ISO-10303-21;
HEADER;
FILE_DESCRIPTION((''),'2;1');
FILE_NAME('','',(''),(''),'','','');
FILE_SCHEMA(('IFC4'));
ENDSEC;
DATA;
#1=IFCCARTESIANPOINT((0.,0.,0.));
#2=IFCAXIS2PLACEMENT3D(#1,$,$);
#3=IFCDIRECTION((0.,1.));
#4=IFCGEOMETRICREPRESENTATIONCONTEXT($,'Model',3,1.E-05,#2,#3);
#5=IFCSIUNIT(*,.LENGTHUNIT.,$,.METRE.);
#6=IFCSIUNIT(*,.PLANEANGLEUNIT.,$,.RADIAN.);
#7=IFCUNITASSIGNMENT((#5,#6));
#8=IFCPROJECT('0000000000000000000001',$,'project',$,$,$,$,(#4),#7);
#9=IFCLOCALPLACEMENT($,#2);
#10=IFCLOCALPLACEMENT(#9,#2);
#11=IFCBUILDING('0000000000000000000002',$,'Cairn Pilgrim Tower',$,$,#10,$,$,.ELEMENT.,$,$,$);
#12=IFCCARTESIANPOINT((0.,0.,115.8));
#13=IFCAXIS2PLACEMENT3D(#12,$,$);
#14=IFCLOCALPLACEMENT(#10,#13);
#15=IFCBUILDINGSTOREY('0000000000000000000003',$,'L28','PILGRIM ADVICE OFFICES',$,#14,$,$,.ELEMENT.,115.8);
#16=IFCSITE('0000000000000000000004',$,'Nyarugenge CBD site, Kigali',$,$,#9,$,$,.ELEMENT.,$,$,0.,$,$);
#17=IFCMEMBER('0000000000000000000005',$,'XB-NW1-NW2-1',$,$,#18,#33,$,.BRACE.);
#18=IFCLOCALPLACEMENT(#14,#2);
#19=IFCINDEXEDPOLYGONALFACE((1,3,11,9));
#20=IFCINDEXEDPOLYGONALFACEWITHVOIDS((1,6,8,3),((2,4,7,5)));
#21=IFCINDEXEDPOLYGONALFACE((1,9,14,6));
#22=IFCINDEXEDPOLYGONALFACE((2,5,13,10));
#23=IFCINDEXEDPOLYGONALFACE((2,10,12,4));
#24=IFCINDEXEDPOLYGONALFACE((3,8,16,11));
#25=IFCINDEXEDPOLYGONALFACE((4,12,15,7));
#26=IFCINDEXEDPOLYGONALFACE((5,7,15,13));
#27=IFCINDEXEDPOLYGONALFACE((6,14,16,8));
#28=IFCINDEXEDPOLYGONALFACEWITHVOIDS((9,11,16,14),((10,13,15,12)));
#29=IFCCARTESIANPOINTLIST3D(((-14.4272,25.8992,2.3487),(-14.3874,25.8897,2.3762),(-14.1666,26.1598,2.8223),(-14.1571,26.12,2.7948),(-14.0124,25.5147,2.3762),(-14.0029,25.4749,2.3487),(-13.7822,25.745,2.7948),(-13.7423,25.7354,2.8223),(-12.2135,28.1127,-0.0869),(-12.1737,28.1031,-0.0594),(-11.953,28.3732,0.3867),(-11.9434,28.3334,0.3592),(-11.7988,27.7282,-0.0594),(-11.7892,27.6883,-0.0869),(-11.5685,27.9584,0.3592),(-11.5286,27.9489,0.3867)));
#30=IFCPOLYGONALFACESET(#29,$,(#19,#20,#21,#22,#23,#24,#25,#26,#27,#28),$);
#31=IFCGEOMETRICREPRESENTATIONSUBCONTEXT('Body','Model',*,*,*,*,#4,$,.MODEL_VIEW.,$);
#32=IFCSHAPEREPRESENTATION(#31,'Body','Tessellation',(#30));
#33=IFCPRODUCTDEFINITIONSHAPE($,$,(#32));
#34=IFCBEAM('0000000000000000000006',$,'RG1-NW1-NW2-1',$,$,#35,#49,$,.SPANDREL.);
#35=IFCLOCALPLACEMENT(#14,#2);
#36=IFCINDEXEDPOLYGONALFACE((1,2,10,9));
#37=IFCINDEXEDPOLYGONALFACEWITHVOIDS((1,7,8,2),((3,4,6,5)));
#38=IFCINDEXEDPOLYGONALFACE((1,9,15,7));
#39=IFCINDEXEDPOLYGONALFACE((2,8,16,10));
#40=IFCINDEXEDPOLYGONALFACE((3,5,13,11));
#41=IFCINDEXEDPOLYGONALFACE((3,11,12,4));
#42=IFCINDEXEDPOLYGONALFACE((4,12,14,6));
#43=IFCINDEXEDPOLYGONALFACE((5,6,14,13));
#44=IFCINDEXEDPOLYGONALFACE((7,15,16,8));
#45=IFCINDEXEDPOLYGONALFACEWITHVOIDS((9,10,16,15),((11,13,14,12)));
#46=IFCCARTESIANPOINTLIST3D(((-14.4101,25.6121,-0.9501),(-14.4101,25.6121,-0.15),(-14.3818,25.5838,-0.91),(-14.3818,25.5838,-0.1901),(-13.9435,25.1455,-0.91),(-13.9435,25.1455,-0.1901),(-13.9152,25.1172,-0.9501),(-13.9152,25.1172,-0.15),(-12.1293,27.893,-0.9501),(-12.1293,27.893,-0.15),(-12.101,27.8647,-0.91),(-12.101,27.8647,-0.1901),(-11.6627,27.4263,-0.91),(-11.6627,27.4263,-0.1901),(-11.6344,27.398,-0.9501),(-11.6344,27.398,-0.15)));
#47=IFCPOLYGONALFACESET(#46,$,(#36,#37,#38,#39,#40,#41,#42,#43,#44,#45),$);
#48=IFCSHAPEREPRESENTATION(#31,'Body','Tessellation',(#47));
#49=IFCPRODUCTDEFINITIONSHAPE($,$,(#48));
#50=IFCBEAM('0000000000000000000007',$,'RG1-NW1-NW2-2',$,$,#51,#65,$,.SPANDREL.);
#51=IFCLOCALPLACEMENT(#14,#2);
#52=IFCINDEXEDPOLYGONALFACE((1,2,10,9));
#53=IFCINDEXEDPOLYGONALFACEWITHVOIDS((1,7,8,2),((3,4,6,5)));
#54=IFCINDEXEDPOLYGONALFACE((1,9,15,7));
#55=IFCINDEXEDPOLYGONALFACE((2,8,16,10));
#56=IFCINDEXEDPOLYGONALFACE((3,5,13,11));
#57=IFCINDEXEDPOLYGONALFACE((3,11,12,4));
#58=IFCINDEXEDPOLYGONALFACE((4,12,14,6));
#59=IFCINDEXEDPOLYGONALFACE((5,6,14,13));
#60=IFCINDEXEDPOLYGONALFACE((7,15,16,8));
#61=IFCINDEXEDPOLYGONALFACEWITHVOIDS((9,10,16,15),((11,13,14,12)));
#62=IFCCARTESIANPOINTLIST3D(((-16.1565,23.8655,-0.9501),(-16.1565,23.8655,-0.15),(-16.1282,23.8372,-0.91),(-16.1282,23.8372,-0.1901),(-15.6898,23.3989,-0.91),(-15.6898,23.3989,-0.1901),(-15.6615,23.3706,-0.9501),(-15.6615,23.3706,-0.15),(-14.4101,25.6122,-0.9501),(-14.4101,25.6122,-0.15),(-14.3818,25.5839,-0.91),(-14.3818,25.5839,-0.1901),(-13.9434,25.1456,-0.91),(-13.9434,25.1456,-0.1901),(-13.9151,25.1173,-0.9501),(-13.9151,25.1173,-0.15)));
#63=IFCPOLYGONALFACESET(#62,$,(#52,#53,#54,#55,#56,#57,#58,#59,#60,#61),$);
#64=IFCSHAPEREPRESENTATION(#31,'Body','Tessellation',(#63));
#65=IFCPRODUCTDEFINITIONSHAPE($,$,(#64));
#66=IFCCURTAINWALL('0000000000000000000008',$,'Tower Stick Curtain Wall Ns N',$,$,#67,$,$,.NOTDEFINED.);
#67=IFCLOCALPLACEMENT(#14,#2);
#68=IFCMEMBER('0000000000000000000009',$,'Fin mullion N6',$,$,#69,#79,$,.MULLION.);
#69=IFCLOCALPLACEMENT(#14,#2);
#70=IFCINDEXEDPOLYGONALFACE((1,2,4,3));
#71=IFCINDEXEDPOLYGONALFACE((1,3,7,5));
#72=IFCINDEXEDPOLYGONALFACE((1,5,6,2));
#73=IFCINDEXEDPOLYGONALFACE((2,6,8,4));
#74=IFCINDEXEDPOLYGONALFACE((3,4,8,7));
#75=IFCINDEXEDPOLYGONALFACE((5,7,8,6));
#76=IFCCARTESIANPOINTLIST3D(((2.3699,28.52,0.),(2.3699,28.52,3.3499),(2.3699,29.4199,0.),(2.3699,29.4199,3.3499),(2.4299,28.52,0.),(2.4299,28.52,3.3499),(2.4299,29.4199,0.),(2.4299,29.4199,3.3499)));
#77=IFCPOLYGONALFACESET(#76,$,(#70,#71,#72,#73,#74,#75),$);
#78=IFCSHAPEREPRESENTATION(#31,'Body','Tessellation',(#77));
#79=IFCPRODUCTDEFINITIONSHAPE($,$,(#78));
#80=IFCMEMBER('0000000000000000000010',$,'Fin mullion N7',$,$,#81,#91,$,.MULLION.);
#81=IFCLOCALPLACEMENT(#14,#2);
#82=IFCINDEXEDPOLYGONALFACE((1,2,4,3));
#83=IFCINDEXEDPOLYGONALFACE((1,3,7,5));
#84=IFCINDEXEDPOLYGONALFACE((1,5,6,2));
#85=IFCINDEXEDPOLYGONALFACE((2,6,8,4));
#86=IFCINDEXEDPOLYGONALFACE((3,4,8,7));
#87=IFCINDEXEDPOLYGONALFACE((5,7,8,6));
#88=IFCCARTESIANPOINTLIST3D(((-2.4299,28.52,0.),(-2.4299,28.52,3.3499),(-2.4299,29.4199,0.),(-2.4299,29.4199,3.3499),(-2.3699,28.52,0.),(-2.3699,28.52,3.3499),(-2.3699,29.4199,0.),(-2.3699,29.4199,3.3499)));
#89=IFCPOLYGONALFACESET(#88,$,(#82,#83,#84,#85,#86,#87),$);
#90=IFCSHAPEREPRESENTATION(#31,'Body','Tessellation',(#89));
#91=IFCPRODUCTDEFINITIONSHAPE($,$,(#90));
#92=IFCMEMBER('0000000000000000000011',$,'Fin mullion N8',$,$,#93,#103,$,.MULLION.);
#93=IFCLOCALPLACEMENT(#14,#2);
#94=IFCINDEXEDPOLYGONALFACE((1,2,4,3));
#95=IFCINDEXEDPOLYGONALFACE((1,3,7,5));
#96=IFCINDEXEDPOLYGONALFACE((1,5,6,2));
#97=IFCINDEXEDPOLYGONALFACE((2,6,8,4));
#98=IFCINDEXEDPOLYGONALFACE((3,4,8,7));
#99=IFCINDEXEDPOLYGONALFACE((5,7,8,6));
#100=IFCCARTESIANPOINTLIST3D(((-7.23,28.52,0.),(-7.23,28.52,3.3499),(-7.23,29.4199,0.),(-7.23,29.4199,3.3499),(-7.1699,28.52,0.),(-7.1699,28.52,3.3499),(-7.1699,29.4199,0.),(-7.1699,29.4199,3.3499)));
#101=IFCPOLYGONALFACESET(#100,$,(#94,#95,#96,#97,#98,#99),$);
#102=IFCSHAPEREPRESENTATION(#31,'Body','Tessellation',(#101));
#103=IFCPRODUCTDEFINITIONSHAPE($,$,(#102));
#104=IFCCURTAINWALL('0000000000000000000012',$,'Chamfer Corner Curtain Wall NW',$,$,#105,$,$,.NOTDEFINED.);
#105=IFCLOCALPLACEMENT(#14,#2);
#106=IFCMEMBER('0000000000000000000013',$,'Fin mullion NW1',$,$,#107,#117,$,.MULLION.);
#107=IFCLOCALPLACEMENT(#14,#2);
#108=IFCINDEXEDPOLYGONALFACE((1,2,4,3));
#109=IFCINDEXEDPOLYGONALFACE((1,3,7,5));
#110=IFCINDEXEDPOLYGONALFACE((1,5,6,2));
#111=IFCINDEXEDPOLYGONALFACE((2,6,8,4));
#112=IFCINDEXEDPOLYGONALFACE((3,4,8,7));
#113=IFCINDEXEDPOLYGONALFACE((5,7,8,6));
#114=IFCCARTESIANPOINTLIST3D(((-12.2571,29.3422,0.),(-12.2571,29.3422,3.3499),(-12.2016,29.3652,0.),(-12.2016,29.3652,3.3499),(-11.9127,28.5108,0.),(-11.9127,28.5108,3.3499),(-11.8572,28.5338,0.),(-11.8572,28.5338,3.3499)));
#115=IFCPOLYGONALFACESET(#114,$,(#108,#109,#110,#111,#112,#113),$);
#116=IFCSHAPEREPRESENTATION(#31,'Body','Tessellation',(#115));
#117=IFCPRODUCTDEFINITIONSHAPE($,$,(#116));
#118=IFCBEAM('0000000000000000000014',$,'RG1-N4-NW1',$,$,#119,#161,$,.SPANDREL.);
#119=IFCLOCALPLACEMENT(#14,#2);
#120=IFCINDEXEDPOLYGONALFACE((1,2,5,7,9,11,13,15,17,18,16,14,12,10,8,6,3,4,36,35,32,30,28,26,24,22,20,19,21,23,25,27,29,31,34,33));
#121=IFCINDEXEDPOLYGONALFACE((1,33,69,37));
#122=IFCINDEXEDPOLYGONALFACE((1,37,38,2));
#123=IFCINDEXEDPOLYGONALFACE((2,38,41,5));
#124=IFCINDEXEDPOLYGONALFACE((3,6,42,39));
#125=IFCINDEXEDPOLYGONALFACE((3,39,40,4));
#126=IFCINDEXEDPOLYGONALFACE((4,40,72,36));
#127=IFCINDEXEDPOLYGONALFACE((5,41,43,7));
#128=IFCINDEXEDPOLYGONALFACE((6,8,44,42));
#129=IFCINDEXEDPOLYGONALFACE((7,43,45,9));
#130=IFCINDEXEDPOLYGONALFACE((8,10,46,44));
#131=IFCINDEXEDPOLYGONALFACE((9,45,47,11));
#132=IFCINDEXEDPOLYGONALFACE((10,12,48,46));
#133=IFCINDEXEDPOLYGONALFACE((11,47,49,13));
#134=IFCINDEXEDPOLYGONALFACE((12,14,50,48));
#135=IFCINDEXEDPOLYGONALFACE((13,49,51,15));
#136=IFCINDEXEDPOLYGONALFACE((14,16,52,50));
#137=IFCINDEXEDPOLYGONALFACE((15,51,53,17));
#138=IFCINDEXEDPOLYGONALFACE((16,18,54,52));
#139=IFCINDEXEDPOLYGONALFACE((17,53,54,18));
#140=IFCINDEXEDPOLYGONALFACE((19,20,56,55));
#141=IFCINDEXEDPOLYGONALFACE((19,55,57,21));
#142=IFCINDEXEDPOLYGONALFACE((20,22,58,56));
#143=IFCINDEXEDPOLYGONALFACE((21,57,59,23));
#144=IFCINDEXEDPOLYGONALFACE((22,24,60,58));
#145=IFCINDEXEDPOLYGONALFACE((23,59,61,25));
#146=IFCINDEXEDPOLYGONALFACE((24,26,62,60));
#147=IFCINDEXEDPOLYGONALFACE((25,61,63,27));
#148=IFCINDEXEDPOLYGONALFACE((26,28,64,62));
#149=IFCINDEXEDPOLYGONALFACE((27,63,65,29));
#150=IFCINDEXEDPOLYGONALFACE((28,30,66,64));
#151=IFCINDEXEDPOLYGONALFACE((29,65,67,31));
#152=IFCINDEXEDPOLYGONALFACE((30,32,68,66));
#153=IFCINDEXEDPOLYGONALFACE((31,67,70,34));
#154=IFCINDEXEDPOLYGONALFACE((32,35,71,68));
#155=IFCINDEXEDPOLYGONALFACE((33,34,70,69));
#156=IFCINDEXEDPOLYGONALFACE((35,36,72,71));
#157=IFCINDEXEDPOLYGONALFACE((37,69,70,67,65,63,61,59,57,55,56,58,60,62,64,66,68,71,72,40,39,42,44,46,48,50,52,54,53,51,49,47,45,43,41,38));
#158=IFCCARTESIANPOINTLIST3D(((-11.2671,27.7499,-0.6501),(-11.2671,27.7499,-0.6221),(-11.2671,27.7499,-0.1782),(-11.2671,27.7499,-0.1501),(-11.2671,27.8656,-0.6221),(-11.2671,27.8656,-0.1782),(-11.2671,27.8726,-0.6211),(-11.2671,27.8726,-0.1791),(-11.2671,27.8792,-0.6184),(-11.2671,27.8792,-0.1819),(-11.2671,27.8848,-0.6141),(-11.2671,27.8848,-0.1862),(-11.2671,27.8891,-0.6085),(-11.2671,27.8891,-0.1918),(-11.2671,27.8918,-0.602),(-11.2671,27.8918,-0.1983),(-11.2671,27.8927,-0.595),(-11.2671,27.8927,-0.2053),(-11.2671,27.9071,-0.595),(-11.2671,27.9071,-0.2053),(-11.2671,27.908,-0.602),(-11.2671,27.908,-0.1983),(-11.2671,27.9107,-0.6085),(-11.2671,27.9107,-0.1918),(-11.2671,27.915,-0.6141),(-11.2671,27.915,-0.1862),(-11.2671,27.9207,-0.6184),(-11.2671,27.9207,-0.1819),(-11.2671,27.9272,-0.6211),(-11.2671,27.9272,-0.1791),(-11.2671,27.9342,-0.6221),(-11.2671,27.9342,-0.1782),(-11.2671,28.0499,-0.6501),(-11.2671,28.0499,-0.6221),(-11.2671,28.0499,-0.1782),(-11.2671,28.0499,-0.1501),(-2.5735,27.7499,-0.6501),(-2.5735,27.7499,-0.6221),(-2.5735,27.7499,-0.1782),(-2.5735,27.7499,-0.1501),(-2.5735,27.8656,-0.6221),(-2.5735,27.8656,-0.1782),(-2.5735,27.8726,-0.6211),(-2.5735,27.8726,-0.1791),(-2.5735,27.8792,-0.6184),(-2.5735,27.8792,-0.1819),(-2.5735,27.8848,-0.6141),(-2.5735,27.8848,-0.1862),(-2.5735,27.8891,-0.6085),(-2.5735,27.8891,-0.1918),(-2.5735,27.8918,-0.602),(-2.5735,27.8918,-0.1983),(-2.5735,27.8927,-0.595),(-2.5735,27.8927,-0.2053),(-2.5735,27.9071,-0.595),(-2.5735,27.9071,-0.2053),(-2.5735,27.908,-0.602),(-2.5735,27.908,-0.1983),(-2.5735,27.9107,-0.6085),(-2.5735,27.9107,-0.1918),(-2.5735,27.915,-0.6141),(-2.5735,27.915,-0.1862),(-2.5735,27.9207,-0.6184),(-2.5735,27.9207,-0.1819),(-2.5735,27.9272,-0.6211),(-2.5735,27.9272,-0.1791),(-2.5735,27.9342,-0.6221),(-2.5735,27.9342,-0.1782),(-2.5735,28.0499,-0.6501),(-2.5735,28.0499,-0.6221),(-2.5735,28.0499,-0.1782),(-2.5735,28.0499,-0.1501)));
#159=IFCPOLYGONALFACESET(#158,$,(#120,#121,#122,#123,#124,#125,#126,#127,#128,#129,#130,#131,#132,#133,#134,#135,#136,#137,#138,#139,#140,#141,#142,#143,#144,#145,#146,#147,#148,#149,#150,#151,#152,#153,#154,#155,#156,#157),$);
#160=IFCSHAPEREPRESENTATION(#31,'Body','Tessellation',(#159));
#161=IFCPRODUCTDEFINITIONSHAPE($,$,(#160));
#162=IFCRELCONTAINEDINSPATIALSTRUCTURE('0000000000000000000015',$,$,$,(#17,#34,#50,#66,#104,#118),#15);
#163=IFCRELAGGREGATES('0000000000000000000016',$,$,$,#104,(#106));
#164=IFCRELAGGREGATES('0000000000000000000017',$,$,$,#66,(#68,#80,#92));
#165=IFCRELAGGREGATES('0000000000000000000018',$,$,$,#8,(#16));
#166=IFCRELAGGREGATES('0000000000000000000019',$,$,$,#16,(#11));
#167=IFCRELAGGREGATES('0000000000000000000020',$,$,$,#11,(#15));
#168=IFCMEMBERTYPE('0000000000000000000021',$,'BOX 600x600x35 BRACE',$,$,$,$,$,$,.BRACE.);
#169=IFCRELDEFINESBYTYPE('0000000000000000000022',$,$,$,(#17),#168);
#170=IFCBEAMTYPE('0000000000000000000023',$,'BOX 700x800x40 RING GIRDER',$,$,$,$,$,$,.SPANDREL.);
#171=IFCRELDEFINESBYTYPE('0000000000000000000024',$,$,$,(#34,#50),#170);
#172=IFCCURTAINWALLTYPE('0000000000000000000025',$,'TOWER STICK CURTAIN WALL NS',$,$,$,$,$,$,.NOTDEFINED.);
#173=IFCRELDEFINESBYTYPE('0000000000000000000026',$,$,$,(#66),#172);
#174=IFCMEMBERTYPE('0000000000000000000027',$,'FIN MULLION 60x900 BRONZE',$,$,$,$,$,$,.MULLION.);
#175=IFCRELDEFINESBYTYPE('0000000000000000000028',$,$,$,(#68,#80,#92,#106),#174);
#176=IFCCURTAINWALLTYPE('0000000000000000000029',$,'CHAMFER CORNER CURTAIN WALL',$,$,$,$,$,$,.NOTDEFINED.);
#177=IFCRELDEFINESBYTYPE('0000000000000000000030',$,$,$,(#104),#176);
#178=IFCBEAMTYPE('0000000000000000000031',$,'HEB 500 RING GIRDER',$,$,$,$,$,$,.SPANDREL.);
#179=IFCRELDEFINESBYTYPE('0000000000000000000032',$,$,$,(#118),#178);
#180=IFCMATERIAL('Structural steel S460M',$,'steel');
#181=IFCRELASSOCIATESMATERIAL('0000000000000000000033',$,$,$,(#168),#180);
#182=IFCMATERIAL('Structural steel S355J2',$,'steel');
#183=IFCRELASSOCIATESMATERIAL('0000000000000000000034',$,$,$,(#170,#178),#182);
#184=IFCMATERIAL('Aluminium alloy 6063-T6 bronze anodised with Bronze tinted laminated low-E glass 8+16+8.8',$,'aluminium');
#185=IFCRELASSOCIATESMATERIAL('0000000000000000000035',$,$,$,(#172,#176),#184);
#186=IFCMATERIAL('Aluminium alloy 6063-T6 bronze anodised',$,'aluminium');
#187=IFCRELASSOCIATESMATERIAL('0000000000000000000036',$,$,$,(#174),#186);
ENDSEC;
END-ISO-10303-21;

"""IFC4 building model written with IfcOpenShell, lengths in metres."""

from ifc_helpers import new_model, si_unit, direction, frame, origin, origin_2d, place, context, subcontext, project, spatial, rectangle, hollow_rectangle, i_section, extrude, material, material_profile, profile_set, type_object, element, aggregate, save


model = new_model("IFC4")

# Units and contexts
model_context = context("Model", 3, precision=1e-05, world=origin(), true_north=direction((0.0, 1.0)))
body_context = subcontext(model_context, "Body", "Model", "MODEL_VIEW")
ifc_project = project(units=[si_unit("LENGTHUNIT", "METRE"), si_unit("PLANEANGLEUNIT", "RADIAN")], contexts=[model_context])

# Site, building, storey
site_placement = place(None, origin())
site = spatial("IfcSite", under=ifc_project, at=site_placement, Name="Nyarugenge CBD site, Kigali", CompositionType="ELEMENT", RefElevation=0.0)
building_placement = place(site_placement, origin())
building = spatial("IfcBuilding", under=site, at=building_placement, Name="Cairn Pilgrim Tower", CompositionType="ELEMENT")
storey_placement = place(building_placement, frame((0.0, 0.0, 115.8)))
storey = spatial("IfcBuildingStorey", under=building, at=storey_placement, Name="L28", Description="PILGRIM ADVICE OFFICES", CompositionType="ELEMENT", Elevation=115.8)

# Shared definitions
ifc_material_1 = material(Name="Structural steel S460M", Category="steel")

# Member
ifc_material_profile_1 = material_profile(ifc_material_1, hollow_rectangle(XDim=0.6001, YDim=0.6001, WallThickness=0.0349, at=origin_2d()), Name="BOX 600x600x35")
ifc_profile_set_1 = profile_set([ifc_material_profile_1], Name="Structural steel S460M")
member_type_1 = type_object("IfcMemberType", Name="BOX 600x600x35 BRACE", PredefinedType="BRACE", material=ifc_profile_set_1)
member_1_placement = place(storey_placement, frame((-11.8711, 28.0308, 0.1499), z_axis=(-0.558116, -0.558055, 0.614069), x_axis=(0.707068, -0.707146, 0.0)))
element("IfcMember", 1, at=member_1_placement, inside=storey, type_object=member_type_1, Name="XB-NW1-NW2-1", PredefinedType="BRACE", context=body_context, shape_type="SweptSolid", body=[
    extrude(hollow_rectangle(XDim=0.6001, YDim=0.6001, WallThickness=0.0349, at=origin_2d()), origin(), (0.0, 0.0, 1.0), 3.9663),
])

# Beams
ifc_material_2 = material(Name="Structural steel S355J2", Category="steel")
ifc_material_profile_2 = material_profile(ifc_material_2, hollow_rectangle(XDim=0.7, YDim=0.8, WallThickness=0.04, at=origin_2d()), Name="BOX 700x800x40")
ifc_profile_set_2 = profile_set([ifc_material_profile_2], Name="Structural steel S355J2")
beam_type_1 = type_object("IfcBeamType", Name="BOX 700x800x40 RING GIRDER", PredefinedType="SPANDREL", material=ifc_profile_set_2)
beam_1_placement = place(storey_placement, frame((-11.8818, 27.6455, -0.55), z_axis=(-0.707107, -0.707107, 0.0), x_axis=(0.707107, -0.707107, 0.0)))
element("IfcBeam", 2, at=beam_1_placement, inside=storey, type_object=beam_type_1, Name="RG1-NW1-NW2-1", PredefinedType="SPANDREL", context=body_context, shape_type="SweptSolid", body=[
    extrude(hollow_rectangle(XDim=0.7, YDim=0.8, WallThickness=0.04, at=origin_2d()), origin(), (0.0, 0.0, 1.0), 3.2256),
])
beam_2_placement = place(storey_placement, frame((-14.1626, 25.3647, -0.55), z_axis=(-0.707057, -0.707156, 0.0), x_axis=(0.707156, -0.707057, 0.0)))
element("IfcBeam", 3, at=beam_2_placement, inside=storey, type_object=beam_type_1, Name="RG1-NW1-NW2-2", PredefinedType="SPANDREL", context=body_context, shape_type="SweptSolid", body=[
    extrude(hollow_rectangle(XDim=0.7, YDim=0.8, WallThickness=0.04, at=origin_2d()), origin(), (0.0, 0.0, 1.0), 2.47),
])

# Curtain wall, members
ifc_material_3 = material(Name="Aluminium alloy 6063-T6 bronze anodised with Bronze tinted laminated low-E glass 8+16+8.8", Category="aluminium")
curtain_wall_type_1 = type_object("IfcCurtainWallType", Name="TOWER STICK CURTAIN WALL NS", PredefinedType="NOTDEFINED", material=ifc_material_3)
curtain_wall_1_placement = place(storey_placement, origin())
curtain_wall_1 = element("IfcCurtainWall", 4, at=curtain_wall_1_placement, inside=storey, type_object=curtain_wall_type_1, Name="Tower Stick Curtain Wall Ns N", PredefinedType="NOTDEFINED")
ifc_material_4 = material(Name="Aluminium alloy 6063-T6 bronze anodised", Category="aluminium")
ifc_material_profile_3 = material_profile(ifc_material_4, rectangle(XDim=0.8999, YDim=0.0601, at=origin_2d()), Name="FIN MULLION 60x900 BRONZE")
ifc_profile_set_3 = profile_set([ifc_material_profile_3], Name="Aluminium alloy 6063-T6 bronze anodised")
member_type_2 = type_object("IfcMemberType", Name="FIN MULLION 60x900 BRONZE", PredefinedType="MULLION", material=ifc_profile_set_3)
member_2_placement = place(storey_placement, frame((2.3999, 28.97, 0.0), z_axis=(0.0, 0.0, 1.0), x_axis=(0.0, 1.0, 0.0)))
member_2 = element("IfcMember", 5, at=member_2_placement, type_object=member_type_2, Name="Fin mullion N6", PredefinedType="MULLION", context=body_context, shape_type="SweptSolid", body=[
    extrude(rectangle(XDim=0.8999, YDim=0.0601, at=origin_2d()), origin(), (0.0, 0.0, 1.0), 3.3499),
])
member_3_placement = place(storey_placement, frame((-2.3999, 28.97, 0.0), z_axis=(0.0, 0.0, 1.0), x_axis=(0.0, 1.0, 0.0)))
member_3 = element("IfcMember", 6, at=member_3_placement, type_object=member_type_2, Name="Fin mullion N7", PredefinedType="MULLION", context=body_context, shape_type="SweptSolid", body=[
    extrude(rectangle(XDim=0.8999, YDim=0.0601, at=origin_2d()), origin(), (0.0, 0.0, 1.0), 3.3499),
])
member_4_placement = place(storey_placement, frame((-7.2, 28.97, 0.0), z_axis=(0.0, 0.0, 1.0), x_axis=(0.0, 1.0, 0.0)))
member_4 = element("IfcMember", 7, at=member_4_placement, type_object=member_type_2, Name="Fin mullion N8", PredefinedType="MULLION", context=body_context, shape_type="SweptSolid", body=[
    extrude(rectangle(XDim=0.8999, YDim=0.0601, at=origin_2d()), origin(), (0.0, 0.0, 1.0), 3.3499),
])

# Curtain wall, member
curtain_wall_type_2 = type_object("IfcCurtainWallType", Name="CHAMFER CORNER CURTAIN WALL", PredefinedType="NOTDEFINED", material=ifc_material_3)
curtain_wall_2_placement = place(storey_placement, origin())
curtain_wall_2 = element("IfcCurtainWall", 8, at=curtain_wall_2_placement, inside=storey, type_object=curtain_wall_type_2, Name="Chamfer Corner Curtain Wall NW", PredefinedType="NOTDEFINED")
member_5_placement = place(storey_placement, frame((-12.0571, 28.938, 0.0), z_axis=(0.0, 0.0, 1.0), x_axis=(-0.382683, 0.92388, 0.0)))
member_5 = element("IfcMember", 9, at=member_5_placement, type_object=member_type_2, Name="Fin mullion NW1", PredefinedType="MULLION", context=body_context, shape_type="SweptSolid", body=[
    extrude(rectangle(XDim=0.8999, YDim=0.0601, at=origin_2d()), origin(), (0.0, 0.0, 1.0), 3.3499),
])

# Beam
ifc_material_profile_4 = material_profile(ifc_material_2, i_section(OverallWidth=0.3, OverallDepth=0.5, WebThickness=0.0144, FlangeThickness=0.0281, FilletRadius=0.0271, at=origin_2d()), Name="HEB 500")
ifc_profile_set_4 = profile_set([ifc_material_profile_4], Name="Structural steel S355J2")
beam_type_2 = type_object("IfcBeamType", Name="HEB 500 RING GIRDER", PredefinedType="SPANDREL", material=ifc_profile_set_4)
beam_3_placement = place(storey_placement, frame((-2.5735, 27.8999, -0.4001), z_axis=(-1.0, 0.0, 0.0), x_axis=(0.0, -1.0, 0.0)))
element("IfcBeam", 10, at=beam_3_placement, inside=storey, type_object=beam_type_2, Name="RG1-N4-NW1", PredefinedType="SPANDREL", context=body_context, shape_type="SweptSolid", body=[
    extrude(i_section(OverallWidth=0.3, OverallDepth=0.5, WebThickness=0.0144, FlangeThickness=0.0281, FilletRadius=0.0271, at=origin_2d()), origin(), (0.0, 0.0, 1.0), 8.6936),
])

aggregate(curtain_wall_2, [member_5])
aggregate(curtain_wall_1, [member_2, member_3, member_4])

save(model, "model.ifc")
